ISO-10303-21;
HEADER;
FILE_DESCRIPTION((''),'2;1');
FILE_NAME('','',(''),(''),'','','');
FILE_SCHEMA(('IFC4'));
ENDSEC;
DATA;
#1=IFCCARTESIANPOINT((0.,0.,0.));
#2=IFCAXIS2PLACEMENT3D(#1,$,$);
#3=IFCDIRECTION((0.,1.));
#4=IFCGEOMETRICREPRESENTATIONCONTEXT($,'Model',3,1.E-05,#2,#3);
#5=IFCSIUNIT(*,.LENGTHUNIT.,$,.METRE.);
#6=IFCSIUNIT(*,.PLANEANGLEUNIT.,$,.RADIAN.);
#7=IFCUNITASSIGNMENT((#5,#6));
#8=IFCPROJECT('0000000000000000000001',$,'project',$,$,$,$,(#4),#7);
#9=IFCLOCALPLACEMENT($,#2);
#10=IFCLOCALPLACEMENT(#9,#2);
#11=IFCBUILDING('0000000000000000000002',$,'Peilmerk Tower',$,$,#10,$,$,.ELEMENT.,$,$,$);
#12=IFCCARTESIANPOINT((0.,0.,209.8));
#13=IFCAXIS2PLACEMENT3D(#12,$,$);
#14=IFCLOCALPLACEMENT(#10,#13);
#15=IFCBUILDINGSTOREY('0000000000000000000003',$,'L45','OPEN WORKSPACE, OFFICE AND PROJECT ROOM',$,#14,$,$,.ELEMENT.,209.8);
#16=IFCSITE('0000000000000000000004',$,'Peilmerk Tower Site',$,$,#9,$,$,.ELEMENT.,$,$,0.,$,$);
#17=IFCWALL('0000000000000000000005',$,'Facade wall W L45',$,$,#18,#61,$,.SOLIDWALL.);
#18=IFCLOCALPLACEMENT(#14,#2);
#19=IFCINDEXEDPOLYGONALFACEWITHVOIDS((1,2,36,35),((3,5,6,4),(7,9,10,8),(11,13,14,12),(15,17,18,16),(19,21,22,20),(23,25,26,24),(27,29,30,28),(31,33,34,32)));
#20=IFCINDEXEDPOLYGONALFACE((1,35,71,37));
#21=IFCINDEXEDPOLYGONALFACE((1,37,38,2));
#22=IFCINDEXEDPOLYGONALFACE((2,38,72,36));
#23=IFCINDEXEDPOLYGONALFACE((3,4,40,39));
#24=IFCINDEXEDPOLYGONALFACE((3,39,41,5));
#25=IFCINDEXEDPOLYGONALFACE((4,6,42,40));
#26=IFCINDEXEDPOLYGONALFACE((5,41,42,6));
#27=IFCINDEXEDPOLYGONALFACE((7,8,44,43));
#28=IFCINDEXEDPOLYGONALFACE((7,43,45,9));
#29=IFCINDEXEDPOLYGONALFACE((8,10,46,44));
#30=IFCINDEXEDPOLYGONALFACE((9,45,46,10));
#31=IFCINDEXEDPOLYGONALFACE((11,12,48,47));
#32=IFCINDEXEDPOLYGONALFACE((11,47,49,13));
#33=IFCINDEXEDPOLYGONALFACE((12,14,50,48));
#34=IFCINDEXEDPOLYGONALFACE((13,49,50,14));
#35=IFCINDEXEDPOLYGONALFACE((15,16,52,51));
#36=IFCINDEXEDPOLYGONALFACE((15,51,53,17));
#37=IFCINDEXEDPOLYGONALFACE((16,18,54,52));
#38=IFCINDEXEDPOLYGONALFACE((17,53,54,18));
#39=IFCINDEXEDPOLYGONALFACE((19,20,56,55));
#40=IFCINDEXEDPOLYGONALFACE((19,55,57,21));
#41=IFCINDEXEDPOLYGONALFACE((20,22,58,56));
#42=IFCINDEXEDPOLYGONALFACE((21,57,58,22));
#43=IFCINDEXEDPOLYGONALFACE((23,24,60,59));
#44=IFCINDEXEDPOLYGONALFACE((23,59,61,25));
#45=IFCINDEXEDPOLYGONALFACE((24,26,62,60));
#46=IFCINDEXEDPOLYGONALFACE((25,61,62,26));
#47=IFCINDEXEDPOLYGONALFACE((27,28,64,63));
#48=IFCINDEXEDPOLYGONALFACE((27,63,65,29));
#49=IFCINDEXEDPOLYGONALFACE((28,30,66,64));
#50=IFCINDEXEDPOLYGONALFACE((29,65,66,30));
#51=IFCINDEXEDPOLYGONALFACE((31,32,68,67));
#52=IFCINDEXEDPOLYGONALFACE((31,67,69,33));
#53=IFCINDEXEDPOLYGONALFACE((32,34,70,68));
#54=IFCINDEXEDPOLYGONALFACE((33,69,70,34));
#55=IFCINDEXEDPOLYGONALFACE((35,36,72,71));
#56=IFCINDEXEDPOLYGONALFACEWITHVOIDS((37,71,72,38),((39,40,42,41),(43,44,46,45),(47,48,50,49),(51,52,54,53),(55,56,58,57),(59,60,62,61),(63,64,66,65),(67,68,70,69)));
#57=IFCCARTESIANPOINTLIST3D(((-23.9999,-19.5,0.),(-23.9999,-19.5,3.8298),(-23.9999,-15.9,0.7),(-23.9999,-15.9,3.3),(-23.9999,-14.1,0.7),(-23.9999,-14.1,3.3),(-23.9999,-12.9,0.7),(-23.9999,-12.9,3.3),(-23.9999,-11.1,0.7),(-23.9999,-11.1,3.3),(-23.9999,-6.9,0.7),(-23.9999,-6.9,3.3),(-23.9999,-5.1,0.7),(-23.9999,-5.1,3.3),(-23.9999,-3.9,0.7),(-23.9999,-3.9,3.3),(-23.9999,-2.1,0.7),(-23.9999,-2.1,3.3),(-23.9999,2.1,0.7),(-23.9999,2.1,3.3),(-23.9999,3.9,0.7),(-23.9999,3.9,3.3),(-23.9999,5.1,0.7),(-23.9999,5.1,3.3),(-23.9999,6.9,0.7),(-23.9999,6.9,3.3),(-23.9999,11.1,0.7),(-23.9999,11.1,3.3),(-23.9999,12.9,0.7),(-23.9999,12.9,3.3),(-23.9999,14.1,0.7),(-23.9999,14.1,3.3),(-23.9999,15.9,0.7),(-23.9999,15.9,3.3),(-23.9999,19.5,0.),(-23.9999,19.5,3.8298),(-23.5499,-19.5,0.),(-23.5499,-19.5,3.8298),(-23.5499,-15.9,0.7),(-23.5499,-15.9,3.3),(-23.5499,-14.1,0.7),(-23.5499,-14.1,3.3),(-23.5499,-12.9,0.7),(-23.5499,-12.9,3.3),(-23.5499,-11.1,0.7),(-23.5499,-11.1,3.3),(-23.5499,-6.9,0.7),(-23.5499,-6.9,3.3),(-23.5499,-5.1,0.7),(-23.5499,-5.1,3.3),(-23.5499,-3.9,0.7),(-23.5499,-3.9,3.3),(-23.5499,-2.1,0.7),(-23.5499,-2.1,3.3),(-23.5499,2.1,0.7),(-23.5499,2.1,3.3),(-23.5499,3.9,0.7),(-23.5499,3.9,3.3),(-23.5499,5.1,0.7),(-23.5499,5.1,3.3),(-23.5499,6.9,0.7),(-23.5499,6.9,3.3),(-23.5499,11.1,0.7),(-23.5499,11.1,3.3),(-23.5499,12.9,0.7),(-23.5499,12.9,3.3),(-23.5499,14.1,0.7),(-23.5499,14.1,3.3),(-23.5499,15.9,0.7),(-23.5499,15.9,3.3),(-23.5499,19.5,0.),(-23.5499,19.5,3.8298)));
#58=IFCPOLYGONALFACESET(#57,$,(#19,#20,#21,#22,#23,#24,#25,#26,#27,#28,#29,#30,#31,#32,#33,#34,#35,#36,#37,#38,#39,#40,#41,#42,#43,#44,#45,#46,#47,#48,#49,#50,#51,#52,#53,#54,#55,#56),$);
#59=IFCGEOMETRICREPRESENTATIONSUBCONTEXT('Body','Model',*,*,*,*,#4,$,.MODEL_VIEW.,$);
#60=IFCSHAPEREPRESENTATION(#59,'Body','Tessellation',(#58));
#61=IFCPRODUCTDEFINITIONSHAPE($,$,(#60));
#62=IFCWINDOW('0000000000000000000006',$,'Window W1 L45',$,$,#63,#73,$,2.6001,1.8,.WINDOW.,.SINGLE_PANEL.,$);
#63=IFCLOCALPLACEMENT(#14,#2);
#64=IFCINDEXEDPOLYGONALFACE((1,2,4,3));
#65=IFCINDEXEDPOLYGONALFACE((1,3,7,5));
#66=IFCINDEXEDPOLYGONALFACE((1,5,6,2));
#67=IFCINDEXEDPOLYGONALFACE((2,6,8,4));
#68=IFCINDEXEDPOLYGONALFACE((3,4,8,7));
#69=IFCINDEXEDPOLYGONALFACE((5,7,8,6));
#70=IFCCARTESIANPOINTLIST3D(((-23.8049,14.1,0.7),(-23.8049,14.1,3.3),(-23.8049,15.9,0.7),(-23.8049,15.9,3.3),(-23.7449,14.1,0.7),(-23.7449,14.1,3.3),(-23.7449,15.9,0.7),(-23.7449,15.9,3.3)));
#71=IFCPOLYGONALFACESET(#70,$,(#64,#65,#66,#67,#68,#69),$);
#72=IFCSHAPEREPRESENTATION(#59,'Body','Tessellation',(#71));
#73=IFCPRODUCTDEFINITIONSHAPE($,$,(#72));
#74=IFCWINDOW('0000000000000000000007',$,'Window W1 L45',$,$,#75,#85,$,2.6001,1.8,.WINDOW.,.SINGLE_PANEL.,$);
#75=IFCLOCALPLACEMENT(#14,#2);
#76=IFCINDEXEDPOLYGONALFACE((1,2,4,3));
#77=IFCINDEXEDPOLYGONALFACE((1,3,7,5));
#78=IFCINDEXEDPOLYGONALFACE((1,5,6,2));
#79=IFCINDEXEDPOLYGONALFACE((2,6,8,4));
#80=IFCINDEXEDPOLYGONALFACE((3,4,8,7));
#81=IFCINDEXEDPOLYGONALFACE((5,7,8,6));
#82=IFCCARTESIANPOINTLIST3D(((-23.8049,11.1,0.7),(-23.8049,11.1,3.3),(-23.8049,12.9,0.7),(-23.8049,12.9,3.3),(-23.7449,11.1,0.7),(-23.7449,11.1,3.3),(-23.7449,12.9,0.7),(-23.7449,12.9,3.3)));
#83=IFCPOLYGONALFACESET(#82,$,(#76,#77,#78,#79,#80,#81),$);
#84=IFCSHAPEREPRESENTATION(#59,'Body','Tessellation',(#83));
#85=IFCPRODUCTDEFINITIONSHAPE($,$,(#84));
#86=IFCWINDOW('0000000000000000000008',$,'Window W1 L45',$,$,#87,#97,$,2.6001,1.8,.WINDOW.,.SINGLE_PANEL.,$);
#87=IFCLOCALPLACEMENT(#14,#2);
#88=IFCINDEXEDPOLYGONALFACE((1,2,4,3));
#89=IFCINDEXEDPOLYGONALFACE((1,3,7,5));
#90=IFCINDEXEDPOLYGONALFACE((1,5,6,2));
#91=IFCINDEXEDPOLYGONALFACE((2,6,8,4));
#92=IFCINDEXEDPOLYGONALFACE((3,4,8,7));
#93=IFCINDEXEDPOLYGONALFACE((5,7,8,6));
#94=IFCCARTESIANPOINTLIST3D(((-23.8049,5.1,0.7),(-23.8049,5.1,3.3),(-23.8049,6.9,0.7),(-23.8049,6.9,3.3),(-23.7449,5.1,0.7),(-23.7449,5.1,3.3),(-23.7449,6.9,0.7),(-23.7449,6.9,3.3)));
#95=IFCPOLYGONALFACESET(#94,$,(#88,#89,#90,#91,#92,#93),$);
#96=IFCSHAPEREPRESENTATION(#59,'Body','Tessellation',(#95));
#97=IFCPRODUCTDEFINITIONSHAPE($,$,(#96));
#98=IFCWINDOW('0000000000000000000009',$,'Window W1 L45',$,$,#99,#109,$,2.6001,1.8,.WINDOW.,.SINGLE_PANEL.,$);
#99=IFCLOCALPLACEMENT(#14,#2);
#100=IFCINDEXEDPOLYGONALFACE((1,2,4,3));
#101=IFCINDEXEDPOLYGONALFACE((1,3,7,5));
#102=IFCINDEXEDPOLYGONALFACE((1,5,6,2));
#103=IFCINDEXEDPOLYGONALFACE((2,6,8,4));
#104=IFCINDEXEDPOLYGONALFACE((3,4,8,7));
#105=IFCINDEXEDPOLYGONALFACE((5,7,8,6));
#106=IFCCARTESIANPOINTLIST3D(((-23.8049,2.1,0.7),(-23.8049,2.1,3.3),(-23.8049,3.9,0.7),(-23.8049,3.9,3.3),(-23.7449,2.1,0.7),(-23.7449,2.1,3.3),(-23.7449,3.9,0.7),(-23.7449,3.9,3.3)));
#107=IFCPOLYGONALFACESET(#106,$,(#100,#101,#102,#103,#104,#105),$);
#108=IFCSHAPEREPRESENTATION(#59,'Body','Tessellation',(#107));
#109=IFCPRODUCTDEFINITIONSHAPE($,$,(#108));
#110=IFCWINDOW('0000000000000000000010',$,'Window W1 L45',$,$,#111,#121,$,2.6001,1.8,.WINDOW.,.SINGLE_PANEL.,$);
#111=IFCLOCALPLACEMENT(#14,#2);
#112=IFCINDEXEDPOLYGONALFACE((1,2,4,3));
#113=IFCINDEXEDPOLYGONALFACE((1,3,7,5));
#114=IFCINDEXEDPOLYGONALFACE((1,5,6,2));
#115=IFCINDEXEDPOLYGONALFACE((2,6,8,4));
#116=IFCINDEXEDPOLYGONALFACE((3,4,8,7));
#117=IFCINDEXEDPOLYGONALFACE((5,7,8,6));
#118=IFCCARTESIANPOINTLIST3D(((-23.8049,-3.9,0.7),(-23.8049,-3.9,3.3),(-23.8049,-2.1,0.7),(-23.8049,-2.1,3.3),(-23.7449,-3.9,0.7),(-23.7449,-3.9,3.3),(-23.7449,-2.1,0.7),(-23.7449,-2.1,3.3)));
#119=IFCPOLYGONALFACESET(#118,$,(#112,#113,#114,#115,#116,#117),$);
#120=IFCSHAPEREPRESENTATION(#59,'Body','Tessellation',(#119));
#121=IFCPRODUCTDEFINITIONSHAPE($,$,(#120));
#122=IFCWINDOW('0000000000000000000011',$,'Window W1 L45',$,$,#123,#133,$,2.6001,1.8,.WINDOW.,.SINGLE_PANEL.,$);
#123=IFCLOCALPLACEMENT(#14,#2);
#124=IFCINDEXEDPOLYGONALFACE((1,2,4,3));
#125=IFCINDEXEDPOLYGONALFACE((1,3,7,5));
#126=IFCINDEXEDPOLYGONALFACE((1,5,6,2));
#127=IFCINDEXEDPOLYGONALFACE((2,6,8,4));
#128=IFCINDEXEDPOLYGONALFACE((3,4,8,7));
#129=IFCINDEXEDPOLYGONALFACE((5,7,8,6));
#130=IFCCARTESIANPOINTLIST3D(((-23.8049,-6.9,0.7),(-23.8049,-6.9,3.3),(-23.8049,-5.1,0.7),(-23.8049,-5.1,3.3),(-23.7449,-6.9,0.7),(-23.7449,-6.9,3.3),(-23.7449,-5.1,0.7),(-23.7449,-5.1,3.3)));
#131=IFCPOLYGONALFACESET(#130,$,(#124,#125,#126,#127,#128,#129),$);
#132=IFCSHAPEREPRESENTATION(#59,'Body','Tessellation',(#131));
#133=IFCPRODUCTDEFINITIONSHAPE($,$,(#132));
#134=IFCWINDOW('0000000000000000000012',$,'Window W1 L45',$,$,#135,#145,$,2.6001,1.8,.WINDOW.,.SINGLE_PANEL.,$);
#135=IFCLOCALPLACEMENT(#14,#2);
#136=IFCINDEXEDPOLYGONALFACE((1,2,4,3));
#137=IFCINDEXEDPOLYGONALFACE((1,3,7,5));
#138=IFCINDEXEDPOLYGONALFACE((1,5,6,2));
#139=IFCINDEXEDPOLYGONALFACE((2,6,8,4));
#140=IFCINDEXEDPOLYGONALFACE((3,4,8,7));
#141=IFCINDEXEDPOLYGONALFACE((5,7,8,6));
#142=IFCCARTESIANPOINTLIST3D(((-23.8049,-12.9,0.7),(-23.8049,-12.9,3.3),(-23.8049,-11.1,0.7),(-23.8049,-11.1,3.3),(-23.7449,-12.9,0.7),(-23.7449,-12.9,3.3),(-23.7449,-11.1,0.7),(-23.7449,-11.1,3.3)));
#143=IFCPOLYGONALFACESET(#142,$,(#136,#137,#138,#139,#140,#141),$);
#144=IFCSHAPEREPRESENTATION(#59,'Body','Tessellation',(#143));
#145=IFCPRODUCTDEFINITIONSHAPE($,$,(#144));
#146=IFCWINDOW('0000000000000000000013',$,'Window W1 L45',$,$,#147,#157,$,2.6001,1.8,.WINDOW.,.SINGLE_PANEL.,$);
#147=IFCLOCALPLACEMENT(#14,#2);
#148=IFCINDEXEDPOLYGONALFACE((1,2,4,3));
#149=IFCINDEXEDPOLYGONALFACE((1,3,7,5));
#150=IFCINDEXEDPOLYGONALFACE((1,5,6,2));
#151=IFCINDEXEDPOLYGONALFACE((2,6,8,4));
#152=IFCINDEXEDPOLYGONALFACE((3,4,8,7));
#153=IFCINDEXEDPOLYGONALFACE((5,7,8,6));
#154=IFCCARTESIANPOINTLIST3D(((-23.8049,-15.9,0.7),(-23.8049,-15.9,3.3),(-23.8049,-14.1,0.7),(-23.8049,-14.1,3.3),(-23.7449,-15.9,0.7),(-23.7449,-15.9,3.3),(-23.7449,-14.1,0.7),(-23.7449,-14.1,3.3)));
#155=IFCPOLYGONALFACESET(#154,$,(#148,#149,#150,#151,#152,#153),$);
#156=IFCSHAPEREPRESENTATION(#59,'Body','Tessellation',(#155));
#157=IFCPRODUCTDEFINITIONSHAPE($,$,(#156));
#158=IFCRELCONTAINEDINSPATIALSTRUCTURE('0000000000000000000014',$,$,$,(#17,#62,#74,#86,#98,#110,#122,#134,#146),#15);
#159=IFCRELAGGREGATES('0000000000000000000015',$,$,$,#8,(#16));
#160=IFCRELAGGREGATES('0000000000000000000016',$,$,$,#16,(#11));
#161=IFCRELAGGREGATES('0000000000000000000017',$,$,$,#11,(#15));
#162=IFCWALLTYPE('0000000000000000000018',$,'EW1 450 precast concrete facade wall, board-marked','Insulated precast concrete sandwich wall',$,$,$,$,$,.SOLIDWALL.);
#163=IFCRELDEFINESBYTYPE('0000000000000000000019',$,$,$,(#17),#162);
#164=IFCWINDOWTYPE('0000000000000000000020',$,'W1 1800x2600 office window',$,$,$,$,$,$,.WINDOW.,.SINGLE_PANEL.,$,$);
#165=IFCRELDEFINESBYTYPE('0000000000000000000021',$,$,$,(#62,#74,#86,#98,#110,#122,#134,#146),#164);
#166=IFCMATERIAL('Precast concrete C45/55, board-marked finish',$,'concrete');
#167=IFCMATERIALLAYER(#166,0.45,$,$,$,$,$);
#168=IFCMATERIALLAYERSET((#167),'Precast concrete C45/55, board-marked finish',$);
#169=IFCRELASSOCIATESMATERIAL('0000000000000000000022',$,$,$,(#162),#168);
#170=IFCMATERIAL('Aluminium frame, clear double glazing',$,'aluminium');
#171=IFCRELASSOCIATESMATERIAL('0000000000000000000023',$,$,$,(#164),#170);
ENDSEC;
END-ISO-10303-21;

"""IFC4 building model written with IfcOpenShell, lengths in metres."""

from ifc_helpers import new_model, si_unit, direction, frame, frame_2d, origin, place, context, subcontext, project, spatial, rectangle, extrude, material, layer, layer_set, type_object, element, fill, save


model = new_model("IFC4")

# Units and contexts
model_context = context("Model", 3, precision=1e-05, world=origin(), true_north=direction((0.0, 1.0)))
body_context = subcontext(model_context, "Body", "Model", "MODEL_VIEW")
ifc_project = project(units=[si_unit("LENGTHUNIT", "METRE"), si_unit("PLANEANGLEUNIT", "RADIAN")], contexts=[model_context])

# Site, building, storey
site_placement = place(None, origin())
site = spatial("IfcSite", under=ifc_project, at=site_placement, Name="Peilmerk Tower Site", CompositionType="ELEMENT", RefElevation=0.0)
building_placement = place(site_placement, origin())
building = spatial("IfcBuilding", under=site, at=building_placement, Name="Peilmerk Tower", CompositionType="ELEMENT")
storey_placement = place(building_placement, frame((0.0, 0.0, 209.8)))
storey = spatial("IfcBuildingStorey", under=building, at=storey_placement, Name="L45", Description="OPEN WORKSPACE, OFFICE AND PROJECT ROOM", CompositionType="ELEMENT", Elevation=209.8)

# Wall, openings, windows
ifc_material_1 = material(Name="Precast concrete C45/55, board-marked finish", Category="concrete")
ifc_layer_1 = layer(ifc_material_1, 0.45)
ifc_layer_set_1 = layer_set([ifc_layer_1], Name="Precast concrete C45/55, board-marked finish")
wall_type = type_object("IfcWallType", Name="EW1 450 precast concrete facade wall, board-marked", Description="Insulated precast concrete sandwich wall", PredefinedType="SOLIDWALL", material=ifc_layer_set_1)
wall_1_placement = place(storey_placement, frame((-23.7749, 19.5, 0.0), z_axis=(0.0, 0.0, 1.0), x_axis=(0.0, -1.0, 0.0)))
wall_1 = element("IfcWall", 1, at=wall_1_placement, inside=storey, type_object=wall_type, Name="Facade wall W L45", PredefinedType="SOLIDWALL", context=body_context, shape_type="SweptSolid", body=[
    extrude(rectangle(XDim=39.0, YDim=0.45, at=frame_2d((19.5, 0.0))), origin(), (0.0, 0.0, 1.0), 3.8298),
])
opening_1_placement = place(wall_1_placement, frame((3.6001, 0.0, 0.7)))
opening_1 = element("IfcOpeningElement", 2, at=opening_1_placement, cuts=wall_1, PredefinedType="OPENING", context=body_context, shape_type="SweptSolid", body=[
    extrude(rectangle(XDim=1.8, YDim=2.6001, at=frame_2d((0.8999, 1.3))), frame((0.0, 0.2349, 0.0), z_axis=(0.0, -1.0, 0.0), x_axis=(1.0, 0.0, 0.0)), (0.0, 0.0, 1.0), 0.47),
])
opening_2_placement = place(wall_1_placement, frame((6.6001, 0.0, 0.7)))
opening_2 = element("IfcOpeningElement", 3, at=opening_2_placement, cuts=wall_1, PredefinedType="OPENING", context=body_context, shape_type="SweptSolid", body=[
    extrude(rectangle(XDim=1.8, YDim=2.6001, at=frame_2d((0.8999, 1.3))), frame((0.0, 0.2349, 0.0), z_axis=(0.0, -1.0, 0.0), x_axis=(1.0, 0.0, 0.0)), (0.0, 0.0, 1.0), 0.47),
])
opening_3_placement = place(wall_1_placement, frame((12.6001, 0.0, 0.7)))
opening_3 = element("IfcOpeningElement", 4, at=opening_3_placement, cuts=wall_1, PredefinedType="OPENING", context=body_context, shape_type="SweptSolid", body=[
    extrude(rectangle(XDim=1.8, YDim=2.6001, at=frame_2d((0.8999, 1.3))), frame((0.0, 0.2349, 0.0), z_axis=(0.0, -1.0, 0.0), x_axis=(1.0, 0.0, 0.0)), (0.0, 0.0, 1.0), 0.47),
])
opening_4_placement = place(wall_1_placement, frame((15.6001, 0.0, 0.7)))
opening_4 = element("IfcOpeningElement", 5, at=opening_4_placement, cuts=wall_1, PredefinedType="OPENING", context=body_context, shape_type="SweptSolid", body=[
    extrude(rectangle(XDim=1.8, YDim=2.6001, at=frame_2d((0.8999, 1.3))), frame((0.0, 0.2349, 0.0), z_axis=(0.0, -1.0, 0.0), x_axis=(1.0, 0.0, 0.0)), (0.0, 0.0, 1.0), 0.47),
])
opening_5_placement = place(wall_1_placement, frame((21.6001, 0.0, 0.7)))
opening_5 = element("IfcOpeningElement", 6, at=opening_5_placement, cuts=wall_1, PredefinedType="OPENING", context=body_context, shape_type="SweptSolid", body=[
    extrude(rectangle(XDim=1.8, YDim=2.6001, at=frame_2d((0.8999, 1.3))), frame((0.0, 0.2349, 0.0), z_axis=(0.0, -1.0, 0.0), x_axis=(1.0, 0.0, 0.0)), (0.0, 0.0, 1.0), 0.47),
])
opening_6_placement = place(wall_1_placement, frame((24.6001, 0.0, 0.7)))
opening_6 = element("IfcOpeningElement", 7, at=opening_6_placement, cuts=wall_1, PredefinedType="OPENING", context=body_context, shape_type="SweptSolid", body=[
    extrude(rectangle(XDim=1.8, YDim=2.6001, at=frame_2d((0.8999, 1.3))), frame((0.0, 0.2349, 0.0), z_axis=(0.0, -1.0, 0.0), x_axis=(1.0, 0.0, 0.0)), (0.0, 0.0, 1.0), 0.47),
])
opening_7_placement = place(wall_1_placement, frame((30.6001, 0.0, 0.7)))
opening_7 = element("IfcOpeningElement", 8, at=opening_7_placement, cuts=wall_1, PredefinedType="OPENING", context=body_context, shape_type="SweptSolid", body=[
    extrude(rectangle(XDim=1.8, YDim=2.6001, at=frame_2d((0.8999, 1.3))), frame((0.0, 0.2349, 0.0), z_axis=(0.0, -1.0, 0.0), x_axis=(1.0, 0.0, 0.0)), (0.0, 0.0, 1.0), 0.47),
])
opening_8_placement = place(wall_1_placement, frame((33.6001, 0.0, 0.7)))
opening_8 = element("IfcOpeningElement", 9, at=opening_8_placement, cuts=wall_1, PredefinedType="OPENING", context=body_context, shape_type="SweptSolid", body=[
    extrude(rectangle(XDim=1.8, YDim=2.6001, at=frame_2d((0.8999, 1.3))), frame((0.0, 0.2349, 0.0), z_axis=(0.0, -1.0, 0.0), x_axis=(1.0, 0.0, 0.0)), (0.0, 0.0, 1.0), 0.47),
])
ifc_material_2 = material(Name="Aluminium frame, clear double glazing", Category="aluminium")
window_type = type_object("IfcWindowType", Name="W1 1800x2600 office window", PartitioningType="SINGLE_PANEL", PredefinedType="WINDOW", material=ifc_material_2)
window_1_placement = place(opening_1_placement, origin())
window_1 = element("IfcWindow", 10, at=window_1_placement, inside=storey, type_object=window_type, Name="Window W1 L45", OverallHeight=2.6001, OverallWidth=1.8, PartitioningType="SINGLE_PANEL", PredefinedType="WINDOW", context=body_context, shape_type="SweptSolid", body=[
    extrude(rectangle(XDim=1.8, YDim=2.6001, at=frame_2d((0.8999, 1.3))), frame((0.0, 0.03, 0.0), z_axis=(0.0, -1.0, 0.0), x_axis=(1.0, 0.0, 0.0)), (0.0, 0.0, 1.0), 0.0601),
])
fill(opening_1, window_1)
window_2_placement = place(opening_2_placement, origin())
window_2 = element("IfcWindow", 11, at=window_2_placement, inside=storey, type_object=window_type, Name="Window W1 L45", OverallHeight=2.6001, OverallWidth=1.8, PartitioningType="SINGLE_PANEL", PredefinedType="WINDOW", context=body_context, shape_type="SweptSolid", body=[
    extrude(rectangle(XDim=1.8, YDim=2.6001, at=frame_2d((0.8999, 1.3))), frame((0.0, 0.03, 0.0), z_axis=(0.0, -1.0, 0.0), x_axis=(1.0, 0.0, 0.0)), (0.0, 0.0, 1.0), 0.0601),
])
fill(opening_2, window_2)
window_3_placement = place(opening_3_placement, origin())
window_3 = element("IfcWindow", 12, at=window_3_placement, inside=storey, type_object=window_type, Name="Window W1 L45", OverallHeight=2.6001, OverallWidth=1.8, PartitioningType="SINGLE_PANEL", PredefinedType="WINDOW", context=body_context, shape_type="SweptSolid", body=[
    extrude(rectangle(XDim=1.8, YDim=2.6001, at=frame_2d((0.8999, 1.3))), frame((0.0, 0.03, 0.0), z_axis=(0.0, -1.0, 0.0), x_axis=(1.0, 0.0, 0.0)), (0.0, 0.0, 1.0), 0.0601),
])
fill(opening_3, window_3)
window_4_placement = place(opening_4_placement, origin())
window_4 = element("IfcWindow", 13, at=window_4_placement, inside=storey, type_object=window_type, Name="Window W1 L45", OverallHeight=2.6001, OverallWidth=1.8, PartitioningType="SINGLE_PANEL", PredefinedType="WINDOW", context=body_context, shape_type="SweptSolid", body=[
    extrude(rectangle(XDim=1.8, YDim=2.6001, at=frame_2d((0.8999, 1.3))), frame((0.0, 0.03, 0.0), z_axis=(0.0, -1.0, 0.0), x_axis=(1.0, 0.0, 0.0)), (0.0, 0.0, 1.0), 0.0601),
])
fill(opening_4, window_4)
window_5_placement = place(opening_5_placement, origin())
window_5 = element("IfcWindow", 14, at=window_5_placement, inside=storey, type_object=window_type, Name="Window W1 L45", OverallHeight=2.6001, OverallWidth=1.8, PartitioningType="SINGLE_PANEL", PredefinedType="WINDOW", context=body_context, shape_type="SweptSolid", body=[
    extrude(rectangle(XDim=1.8, YDim=2.6001, at=frame_2d((0.8999, 1.3))), frame((0.0, 0.03, 0.0), z_axis=(0.0, -1.0, 0.0), x_axis=(1.0, 0.0, 0.0)), (0.0, 0.0, 1.0), 0.0601),
])
fill(opening_5, window_5)
window_6_placement = place(opening_6_placement, origin())
window_6 = element("IfcWindow", 15, at=window_6_placement, inside=storey, type_object=window_type, Name="Window W1 L45", OverallHeight=2.6001, OverallWidth=1.8, PartitioningType="SINGLE_PANEL", PredefinedType="WINDOW", context=body_context, shape_type="SweptSolid", body=[
    extrude(rectangle(XDim=1.8, YDim=2.6001, at=frame_2d((0.8999, 1.3))), frame((0.0, 0.03, 0.0), z_axis=(0.0, -1.0, 0.0), x_axis=(1.0, 0.0, 0.0)), (0.0, 0.0, 1.0), 0.0601),
])
fill(opening_6, window_6)
window_7_placement = place(opening_7_placement, origin())
window_7 = element("IfcWindow", 16, at=window_7_placement, inside=storey, type_object=window_type, Name="Window W1 L45", OverallHeight=2.6001, OverallWidth=1.8, PartitioningType="SINGLE_PANEL", PredefinedType="WINDOW", context=body_context, shape_type="SweptSolid", body=[
    extrude(rectangle(XDim=1.8, YDim=2.6001, at=frame_2d((0.8999, 1.3))), frame((0.0, 0.03, 0.0), z_axis=(0.0, -1.0, 0.0), x_axis=(1.0, 0.0, 0.0)), (0.0, 0.0, 1.0), 0.0601),
])
fill(opening_7, window_7)
window_8_placement = place(opening_8_placement, origin())
window_8 = element("IfcWindow", 17, at=window_8_placement, inside=storey, type_object=window_type, Name="Window W1 L45", OverallHeight=2.6001, OverallWidth=1.8, PartitioningType="SINGLE_PANEL", PredefinedType="WINDOW", context=body_context, shape_type="SweptSolid", body=[
    extrude(rectangle(XDim=1.8, YDim=2.6001, at=frame_2d((0.8999, 1.3))), frame((0.0, 0.03, 0.0), z_axis=(0.0, -1.0, 0.0), x_axis=(1.0, 0.0, 0.0)), (0.0, 0.0, 1.0), 0.0601),
])
fill(opening_8, window_8)

save(model, "model.ifc")
